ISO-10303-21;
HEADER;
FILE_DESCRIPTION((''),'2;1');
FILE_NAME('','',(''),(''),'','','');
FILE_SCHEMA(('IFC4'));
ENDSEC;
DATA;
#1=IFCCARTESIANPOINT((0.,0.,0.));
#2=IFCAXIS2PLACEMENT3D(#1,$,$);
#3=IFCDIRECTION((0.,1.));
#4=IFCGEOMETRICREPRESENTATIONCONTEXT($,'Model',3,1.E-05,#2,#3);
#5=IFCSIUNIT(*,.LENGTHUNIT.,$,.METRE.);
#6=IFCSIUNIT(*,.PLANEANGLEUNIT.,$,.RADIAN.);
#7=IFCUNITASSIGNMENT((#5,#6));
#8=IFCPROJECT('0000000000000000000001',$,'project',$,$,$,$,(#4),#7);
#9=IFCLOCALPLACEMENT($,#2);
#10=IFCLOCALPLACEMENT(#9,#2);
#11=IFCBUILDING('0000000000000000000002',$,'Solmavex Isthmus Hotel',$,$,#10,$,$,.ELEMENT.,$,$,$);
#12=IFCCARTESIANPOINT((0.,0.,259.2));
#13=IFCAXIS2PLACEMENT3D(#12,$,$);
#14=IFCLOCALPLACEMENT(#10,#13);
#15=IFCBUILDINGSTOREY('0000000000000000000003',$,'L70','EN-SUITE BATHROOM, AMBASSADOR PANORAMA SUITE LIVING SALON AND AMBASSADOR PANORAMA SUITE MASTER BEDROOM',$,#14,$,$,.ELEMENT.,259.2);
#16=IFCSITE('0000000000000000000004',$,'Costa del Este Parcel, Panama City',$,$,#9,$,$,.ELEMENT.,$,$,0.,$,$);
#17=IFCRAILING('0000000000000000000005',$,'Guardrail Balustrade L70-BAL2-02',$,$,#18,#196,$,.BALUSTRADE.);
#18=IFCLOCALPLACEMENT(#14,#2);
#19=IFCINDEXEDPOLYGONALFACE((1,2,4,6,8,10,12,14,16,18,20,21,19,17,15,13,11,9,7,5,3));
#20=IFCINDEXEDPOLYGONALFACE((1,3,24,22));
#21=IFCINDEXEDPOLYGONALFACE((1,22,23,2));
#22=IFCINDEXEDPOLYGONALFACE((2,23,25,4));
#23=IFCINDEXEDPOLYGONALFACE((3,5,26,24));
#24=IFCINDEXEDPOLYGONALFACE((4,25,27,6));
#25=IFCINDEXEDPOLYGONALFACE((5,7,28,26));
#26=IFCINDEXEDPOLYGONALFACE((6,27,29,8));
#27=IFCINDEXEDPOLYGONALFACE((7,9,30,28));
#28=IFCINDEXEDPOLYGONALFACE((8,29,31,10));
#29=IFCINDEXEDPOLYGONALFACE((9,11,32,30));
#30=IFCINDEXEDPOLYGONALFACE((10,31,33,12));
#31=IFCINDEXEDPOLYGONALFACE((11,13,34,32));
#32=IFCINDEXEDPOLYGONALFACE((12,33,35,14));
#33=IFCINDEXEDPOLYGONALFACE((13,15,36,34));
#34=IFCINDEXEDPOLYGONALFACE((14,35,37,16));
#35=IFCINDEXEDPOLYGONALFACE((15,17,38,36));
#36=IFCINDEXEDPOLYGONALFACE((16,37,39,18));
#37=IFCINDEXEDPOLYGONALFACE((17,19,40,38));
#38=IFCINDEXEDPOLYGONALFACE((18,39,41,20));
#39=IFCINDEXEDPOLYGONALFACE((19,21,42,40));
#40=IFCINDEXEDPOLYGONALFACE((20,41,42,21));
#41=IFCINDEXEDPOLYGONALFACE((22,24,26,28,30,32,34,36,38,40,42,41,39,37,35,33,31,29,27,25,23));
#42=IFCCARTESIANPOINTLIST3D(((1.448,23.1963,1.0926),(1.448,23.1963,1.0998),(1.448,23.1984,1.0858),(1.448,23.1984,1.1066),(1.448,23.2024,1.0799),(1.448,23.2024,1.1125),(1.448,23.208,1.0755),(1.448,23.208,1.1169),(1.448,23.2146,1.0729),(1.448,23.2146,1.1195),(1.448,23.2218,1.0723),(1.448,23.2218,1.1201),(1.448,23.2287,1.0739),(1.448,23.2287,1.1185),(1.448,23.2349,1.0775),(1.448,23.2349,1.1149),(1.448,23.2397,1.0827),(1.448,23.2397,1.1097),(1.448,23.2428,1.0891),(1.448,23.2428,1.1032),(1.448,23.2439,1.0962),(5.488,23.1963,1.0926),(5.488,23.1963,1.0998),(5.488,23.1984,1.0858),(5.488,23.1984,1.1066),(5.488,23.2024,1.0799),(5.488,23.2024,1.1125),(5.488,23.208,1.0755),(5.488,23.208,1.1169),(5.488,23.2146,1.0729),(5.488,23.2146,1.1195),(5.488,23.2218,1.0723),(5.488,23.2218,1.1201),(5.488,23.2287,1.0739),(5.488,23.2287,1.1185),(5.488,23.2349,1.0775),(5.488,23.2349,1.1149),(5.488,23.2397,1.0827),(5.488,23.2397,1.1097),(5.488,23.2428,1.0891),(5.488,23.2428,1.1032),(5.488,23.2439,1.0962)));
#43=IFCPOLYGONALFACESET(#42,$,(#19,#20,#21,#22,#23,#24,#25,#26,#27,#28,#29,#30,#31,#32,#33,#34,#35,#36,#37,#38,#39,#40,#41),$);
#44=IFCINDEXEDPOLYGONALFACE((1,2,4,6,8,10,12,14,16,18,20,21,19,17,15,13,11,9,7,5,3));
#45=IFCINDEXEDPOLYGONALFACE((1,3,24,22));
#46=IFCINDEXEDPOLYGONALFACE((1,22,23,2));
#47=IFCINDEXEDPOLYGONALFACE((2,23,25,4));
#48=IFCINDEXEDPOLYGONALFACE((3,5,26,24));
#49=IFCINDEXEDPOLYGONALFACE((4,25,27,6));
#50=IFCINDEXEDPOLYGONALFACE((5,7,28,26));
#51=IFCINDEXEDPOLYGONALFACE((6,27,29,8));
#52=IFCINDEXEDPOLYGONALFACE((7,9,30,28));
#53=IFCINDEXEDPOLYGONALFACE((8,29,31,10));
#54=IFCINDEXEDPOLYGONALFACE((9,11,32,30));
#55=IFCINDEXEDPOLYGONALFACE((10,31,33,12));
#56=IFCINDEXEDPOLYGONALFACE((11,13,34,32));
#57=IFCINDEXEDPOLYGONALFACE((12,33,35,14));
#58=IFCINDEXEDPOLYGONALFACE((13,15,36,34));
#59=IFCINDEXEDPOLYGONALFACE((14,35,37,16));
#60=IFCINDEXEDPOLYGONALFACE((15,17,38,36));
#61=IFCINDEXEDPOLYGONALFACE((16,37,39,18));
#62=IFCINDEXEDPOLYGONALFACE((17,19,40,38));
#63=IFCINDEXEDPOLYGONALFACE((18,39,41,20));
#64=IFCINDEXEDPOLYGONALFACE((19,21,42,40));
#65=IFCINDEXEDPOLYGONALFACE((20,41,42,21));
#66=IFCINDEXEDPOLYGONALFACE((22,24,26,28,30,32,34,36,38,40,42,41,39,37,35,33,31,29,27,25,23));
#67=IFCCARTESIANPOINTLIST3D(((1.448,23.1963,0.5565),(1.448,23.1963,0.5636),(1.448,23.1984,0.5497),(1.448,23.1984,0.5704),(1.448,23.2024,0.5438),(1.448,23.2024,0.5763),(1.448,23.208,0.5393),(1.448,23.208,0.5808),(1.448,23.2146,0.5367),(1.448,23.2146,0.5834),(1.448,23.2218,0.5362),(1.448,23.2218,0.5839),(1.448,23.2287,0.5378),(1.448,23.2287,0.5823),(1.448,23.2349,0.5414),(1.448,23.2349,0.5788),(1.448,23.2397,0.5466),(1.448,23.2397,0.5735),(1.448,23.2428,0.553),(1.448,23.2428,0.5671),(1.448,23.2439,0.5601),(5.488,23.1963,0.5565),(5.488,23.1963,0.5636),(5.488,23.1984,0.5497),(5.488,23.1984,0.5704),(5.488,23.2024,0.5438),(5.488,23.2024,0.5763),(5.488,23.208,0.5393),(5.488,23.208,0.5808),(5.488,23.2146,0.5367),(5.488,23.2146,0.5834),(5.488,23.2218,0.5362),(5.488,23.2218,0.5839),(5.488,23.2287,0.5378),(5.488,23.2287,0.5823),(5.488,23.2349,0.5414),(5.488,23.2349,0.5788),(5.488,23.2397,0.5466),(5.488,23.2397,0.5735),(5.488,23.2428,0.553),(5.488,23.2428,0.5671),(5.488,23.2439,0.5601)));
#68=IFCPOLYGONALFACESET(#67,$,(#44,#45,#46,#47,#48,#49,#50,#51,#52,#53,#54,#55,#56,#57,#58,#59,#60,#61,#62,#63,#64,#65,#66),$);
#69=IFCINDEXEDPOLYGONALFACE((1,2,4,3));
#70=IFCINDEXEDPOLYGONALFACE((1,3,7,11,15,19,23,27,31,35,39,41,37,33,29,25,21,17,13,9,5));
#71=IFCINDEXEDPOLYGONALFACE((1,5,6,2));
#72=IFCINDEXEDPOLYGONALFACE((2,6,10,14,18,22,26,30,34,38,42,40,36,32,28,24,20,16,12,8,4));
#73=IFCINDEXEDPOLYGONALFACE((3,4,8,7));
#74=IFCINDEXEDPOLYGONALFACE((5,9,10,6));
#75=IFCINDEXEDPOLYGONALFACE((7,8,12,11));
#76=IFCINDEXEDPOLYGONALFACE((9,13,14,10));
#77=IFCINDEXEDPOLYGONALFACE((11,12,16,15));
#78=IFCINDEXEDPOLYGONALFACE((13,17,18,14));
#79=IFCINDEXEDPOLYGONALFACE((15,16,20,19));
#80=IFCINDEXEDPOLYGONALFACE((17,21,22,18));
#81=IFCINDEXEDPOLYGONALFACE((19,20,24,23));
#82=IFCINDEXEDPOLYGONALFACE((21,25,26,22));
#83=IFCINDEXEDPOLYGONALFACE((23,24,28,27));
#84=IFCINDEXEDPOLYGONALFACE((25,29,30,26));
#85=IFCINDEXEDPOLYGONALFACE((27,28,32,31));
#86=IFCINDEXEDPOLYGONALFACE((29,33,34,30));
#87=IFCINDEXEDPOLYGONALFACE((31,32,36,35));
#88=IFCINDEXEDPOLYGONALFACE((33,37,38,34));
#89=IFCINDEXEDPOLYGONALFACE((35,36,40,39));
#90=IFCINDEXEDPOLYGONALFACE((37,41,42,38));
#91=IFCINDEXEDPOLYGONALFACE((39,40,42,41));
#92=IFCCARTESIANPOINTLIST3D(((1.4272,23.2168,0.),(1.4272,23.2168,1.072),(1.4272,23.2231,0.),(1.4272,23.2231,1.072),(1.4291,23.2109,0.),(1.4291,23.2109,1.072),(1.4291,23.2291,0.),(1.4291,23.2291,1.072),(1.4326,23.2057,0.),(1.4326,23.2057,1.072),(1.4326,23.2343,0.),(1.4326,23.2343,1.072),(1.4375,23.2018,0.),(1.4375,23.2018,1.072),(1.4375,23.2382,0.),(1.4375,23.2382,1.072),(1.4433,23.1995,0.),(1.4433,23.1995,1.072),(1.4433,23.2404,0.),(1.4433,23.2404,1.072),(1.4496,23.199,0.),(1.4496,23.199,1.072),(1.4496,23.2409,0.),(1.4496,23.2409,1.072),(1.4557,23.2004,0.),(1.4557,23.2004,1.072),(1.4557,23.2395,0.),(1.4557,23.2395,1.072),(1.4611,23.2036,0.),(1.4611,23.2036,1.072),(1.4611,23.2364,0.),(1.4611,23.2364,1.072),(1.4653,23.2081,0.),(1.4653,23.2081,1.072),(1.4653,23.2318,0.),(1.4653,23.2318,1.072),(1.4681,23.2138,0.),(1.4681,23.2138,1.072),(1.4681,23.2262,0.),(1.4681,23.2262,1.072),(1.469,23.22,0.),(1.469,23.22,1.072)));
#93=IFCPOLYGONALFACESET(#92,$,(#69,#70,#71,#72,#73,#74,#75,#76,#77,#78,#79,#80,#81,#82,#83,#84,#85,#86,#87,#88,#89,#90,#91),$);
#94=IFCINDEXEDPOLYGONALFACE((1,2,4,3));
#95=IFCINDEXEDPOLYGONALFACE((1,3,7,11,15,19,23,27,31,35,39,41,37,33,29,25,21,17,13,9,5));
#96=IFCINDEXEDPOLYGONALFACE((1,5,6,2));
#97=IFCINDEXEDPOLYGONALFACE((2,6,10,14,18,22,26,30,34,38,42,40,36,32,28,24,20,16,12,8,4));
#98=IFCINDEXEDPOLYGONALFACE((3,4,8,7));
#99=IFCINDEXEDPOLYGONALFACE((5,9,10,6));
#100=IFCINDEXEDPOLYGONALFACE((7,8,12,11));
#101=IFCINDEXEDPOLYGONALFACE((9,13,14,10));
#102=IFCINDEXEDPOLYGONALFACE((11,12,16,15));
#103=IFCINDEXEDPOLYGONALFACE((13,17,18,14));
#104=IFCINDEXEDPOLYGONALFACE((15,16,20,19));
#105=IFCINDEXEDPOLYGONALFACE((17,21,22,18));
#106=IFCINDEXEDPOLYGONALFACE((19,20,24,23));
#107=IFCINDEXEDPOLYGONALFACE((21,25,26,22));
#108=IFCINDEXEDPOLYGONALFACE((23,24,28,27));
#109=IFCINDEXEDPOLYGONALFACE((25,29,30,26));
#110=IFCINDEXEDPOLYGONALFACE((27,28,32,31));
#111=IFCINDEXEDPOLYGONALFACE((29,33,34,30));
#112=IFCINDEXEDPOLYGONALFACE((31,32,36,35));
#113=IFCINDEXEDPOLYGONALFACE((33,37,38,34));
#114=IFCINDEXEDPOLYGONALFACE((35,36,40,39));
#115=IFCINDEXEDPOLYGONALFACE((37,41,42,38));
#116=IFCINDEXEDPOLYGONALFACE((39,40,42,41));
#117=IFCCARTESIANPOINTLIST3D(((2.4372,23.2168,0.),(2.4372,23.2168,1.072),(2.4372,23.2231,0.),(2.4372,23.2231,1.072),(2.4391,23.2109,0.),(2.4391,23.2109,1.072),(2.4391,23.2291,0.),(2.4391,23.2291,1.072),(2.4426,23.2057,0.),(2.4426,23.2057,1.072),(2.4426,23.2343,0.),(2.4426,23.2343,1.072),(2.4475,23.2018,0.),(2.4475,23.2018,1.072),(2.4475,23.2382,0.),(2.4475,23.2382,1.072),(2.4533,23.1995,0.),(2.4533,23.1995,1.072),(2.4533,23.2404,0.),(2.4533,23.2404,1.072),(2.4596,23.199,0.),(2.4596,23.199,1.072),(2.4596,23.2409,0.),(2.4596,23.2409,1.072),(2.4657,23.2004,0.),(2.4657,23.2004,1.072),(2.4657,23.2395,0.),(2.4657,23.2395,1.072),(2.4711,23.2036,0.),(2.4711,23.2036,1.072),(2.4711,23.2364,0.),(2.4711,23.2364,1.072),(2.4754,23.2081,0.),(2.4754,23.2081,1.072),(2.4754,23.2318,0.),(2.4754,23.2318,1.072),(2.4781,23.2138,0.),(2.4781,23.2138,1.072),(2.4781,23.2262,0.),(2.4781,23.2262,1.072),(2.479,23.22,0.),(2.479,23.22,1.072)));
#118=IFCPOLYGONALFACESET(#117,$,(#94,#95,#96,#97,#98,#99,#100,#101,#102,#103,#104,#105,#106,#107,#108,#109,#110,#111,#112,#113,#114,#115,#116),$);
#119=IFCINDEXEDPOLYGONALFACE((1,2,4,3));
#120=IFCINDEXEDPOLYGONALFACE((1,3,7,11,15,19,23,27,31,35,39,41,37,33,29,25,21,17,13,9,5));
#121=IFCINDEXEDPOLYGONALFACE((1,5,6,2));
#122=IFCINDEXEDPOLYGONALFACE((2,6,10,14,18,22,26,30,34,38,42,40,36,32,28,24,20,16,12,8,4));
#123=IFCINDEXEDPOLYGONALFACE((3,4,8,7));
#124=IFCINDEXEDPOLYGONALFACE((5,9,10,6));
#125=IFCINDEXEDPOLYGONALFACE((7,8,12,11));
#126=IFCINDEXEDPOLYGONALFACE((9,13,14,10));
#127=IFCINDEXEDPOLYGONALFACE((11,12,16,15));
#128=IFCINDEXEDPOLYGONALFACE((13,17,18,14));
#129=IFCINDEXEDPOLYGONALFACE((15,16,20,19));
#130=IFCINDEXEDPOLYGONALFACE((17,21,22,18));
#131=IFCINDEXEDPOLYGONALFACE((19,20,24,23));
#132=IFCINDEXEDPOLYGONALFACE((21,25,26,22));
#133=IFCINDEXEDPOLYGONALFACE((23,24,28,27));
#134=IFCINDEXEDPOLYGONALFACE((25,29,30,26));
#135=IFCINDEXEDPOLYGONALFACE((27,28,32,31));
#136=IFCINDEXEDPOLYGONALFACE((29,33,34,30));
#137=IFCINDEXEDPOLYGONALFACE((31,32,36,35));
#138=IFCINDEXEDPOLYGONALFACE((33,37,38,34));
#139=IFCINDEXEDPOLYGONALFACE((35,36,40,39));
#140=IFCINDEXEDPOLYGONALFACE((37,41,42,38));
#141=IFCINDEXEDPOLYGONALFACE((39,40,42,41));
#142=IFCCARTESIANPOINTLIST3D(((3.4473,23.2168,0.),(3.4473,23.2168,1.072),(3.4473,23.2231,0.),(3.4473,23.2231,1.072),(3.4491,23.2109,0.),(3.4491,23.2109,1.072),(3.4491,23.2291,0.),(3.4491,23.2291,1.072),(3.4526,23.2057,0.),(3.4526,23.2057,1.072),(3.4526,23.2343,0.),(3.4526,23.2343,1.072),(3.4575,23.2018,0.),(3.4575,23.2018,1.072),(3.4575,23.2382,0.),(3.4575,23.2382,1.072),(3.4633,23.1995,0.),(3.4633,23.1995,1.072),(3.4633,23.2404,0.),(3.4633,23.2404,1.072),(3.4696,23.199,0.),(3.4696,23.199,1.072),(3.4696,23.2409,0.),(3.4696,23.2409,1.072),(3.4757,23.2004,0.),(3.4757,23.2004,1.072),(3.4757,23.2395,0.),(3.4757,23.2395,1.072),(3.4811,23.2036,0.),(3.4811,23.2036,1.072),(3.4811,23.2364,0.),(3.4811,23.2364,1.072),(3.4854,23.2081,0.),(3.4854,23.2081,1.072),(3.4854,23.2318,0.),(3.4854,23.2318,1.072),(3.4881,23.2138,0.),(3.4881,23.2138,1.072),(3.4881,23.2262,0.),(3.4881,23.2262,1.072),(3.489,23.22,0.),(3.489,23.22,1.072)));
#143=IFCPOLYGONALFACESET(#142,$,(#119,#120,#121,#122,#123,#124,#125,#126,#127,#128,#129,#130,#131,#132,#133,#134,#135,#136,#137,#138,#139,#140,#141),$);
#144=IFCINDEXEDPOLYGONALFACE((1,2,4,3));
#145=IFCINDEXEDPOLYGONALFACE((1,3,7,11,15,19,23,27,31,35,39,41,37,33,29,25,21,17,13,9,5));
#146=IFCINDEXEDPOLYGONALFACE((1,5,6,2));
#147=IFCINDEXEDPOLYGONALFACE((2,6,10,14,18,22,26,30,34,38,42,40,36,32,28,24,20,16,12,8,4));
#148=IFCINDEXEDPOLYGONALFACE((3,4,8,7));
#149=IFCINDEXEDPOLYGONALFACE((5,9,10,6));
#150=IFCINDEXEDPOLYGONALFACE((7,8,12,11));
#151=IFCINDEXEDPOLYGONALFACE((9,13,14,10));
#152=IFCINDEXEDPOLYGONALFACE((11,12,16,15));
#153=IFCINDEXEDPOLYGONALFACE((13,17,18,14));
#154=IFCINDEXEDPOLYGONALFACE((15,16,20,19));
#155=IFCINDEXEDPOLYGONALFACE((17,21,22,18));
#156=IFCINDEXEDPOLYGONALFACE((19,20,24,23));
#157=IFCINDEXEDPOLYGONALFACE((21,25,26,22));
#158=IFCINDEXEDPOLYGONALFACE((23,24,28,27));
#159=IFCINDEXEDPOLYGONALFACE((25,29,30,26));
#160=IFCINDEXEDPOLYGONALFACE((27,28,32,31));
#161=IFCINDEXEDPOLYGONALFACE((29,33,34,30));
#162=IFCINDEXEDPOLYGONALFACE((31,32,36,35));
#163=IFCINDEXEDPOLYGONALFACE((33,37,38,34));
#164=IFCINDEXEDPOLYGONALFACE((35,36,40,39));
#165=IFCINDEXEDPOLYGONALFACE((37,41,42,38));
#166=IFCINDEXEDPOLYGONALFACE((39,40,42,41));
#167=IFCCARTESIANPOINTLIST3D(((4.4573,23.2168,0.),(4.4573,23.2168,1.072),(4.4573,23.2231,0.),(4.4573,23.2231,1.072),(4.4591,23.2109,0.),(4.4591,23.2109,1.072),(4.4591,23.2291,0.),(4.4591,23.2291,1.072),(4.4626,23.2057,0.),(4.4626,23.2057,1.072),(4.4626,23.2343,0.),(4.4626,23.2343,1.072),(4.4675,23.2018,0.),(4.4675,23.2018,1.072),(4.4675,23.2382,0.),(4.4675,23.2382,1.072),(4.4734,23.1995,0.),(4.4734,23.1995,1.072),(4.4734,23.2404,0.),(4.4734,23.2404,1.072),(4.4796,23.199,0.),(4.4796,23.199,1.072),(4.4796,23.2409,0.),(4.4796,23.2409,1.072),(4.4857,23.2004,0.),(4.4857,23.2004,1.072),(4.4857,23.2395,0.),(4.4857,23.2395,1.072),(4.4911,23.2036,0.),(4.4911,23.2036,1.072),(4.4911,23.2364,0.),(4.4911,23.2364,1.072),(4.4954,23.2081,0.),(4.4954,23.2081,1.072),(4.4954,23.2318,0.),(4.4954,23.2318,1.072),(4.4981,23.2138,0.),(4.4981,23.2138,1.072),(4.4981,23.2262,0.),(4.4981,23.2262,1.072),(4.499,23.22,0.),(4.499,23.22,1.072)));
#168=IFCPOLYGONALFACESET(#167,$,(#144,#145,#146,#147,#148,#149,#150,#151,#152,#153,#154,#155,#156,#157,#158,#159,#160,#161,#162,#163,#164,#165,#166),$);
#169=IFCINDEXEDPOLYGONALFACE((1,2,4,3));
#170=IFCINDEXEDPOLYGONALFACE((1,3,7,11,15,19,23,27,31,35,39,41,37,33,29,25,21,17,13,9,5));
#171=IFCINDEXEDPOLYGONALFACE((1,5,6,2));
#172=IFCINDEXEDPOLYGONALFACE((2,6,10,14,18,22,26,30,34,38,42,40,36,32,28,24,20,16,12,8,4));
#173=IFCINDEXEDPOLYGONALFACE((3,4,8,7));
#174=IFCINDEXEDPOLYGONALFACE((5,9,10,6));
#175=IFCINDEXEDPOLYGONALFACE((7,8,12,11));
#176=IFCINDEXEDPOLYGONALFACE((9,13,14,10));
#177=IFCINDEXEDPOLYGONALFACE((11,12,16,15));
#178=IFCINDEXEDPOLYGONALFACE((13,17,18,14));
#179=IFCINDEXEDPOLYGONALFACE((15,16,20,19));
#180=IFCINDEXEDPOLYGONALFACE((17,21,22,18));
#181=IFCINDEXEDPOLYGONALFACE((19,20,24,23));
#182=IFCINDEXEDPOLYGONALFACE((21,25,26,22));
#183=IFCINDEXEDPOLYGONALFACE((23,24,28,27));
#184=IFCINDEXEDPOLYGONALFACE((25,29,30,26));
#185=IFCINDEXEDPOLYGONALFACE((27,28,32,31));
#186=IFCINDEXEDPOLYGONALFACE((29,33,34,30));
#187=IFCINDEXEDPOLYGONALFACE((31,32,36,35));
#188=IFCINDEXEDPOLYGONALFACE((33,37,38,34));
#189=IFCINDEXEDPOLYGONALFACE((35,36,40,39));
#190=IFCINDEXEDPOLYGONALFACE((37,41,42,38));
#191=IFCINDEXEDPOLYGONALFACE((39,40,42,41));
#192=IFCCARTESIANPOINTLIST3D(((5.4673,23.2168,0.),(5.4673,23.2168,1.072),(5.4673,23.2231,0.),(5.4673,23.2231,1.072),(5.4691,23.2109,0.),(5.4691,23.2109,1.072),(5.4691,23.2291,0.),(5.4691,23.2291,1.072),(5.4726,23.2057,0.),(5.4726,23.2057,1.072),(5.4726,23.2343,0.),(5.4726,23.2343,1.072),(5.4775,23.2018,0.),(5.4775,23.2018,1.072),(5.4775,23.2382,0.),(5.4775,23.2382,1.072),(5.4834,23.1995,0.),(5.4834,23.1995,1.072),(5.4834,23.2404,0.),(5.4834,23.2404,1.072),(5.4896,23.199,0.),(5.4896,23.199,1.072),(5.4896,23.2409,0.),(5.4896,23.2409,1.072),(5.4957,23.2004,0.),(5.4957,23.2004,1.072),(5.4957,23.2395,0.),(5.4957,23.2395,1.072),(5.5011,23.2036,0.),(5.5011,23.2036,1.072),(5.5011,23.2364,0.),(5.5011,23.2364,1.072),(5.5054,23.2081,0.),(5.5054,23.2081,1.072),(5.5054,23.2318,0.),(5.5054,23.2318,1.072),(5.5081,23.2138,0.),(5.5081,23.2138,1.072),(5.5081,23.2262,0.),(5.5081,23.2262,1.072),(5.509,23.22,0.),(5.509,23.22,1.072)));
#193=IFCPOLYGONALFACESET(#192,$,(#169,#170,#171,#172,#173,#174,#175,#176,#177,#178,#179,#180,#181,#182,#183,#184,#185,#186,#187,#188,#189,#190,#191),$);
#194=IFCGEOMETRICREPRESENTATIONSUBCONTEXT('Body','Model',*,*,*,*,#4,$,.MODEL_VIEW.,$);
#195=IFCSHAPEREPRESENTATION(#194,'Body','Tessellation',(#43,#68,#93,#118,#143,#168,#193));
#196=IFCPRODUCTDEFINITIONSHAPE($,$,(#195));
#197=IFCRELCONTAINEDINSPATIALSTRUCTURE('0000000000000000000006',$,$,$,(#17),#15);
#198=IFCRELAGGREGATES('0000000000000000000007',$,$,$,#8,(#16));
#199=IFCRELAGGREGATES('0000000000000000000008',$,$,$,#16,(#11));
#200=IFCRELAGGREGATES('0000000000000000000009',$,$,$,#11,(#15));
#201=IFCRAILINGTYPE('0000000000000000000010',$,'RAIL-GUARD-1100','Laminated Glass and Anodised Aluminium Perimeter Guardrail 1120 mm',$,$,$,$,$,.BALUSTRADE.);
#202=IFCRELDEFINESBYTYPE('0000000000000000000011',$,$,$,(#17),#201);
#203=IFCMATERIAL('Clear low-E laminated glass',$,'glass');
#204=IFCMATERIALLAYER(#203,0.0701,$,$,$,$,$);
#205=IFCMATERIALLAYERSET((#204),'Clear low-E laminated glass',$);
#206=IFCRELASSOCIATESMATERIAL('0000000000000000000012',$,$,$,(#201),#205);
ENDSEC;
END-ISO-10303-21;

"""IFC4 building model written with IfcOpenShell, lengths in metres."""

from ifc_helpers import new_model, si_unit, direction, frame, origin, origin_2d, place, context, subcontext, project, spatial, circle, extrude, material, layer, layer_set, type_object, element, save


model = new_model("IFC4")

# Units and contexts
model_context = context("Model", 3, precision=1e-05, world=origin(), true_north=direction((0.0, 1.0)))
body_context = subcontext(model_context, "Body", "Model", "MODEL_VIEW")
ifc_project = project(units=[si_unit("LENGTHUNIT", "METRE"), si_unit("PLANEANGLEUNIT", "RADIAN")], contexts=[model_context])

# Site, building, storey
site_placement = place(None, origin())
site = spatial("IfcSite", under=ifc_project, at=site_placement, Name="Costa del Este Parcel, Panama City", CompositionType="ELEMENT", RefElevation=0.0)
building_placement = place(site_placement, origin())
building = spatial("IfcBuilding", under=site, at=building_placement, Name="Solmavex Isthmus Hotel", CompositionType="ELEMENT")
storey_placement = place(building_placement, frame((0.0, 0.0, 259.2)))
storey = spatial("IfcBuildingStorey", under=building, at=storey_placement, Name="L70", Description="EN-SUITE BATHROOM, AMBASSADOR PANORAMA SUITE LIVING SALON AND AMBASSADOR PANORAMA SUITE MASTER BEDROOM", CompositionType="ELEMENT", Elevation=259.2)

# Shared definitions
ifc_material_1 = material(Name="Clear low-E laminated glass", Category="glass")

# Railing
ifc_layer_1 = layer(ifc_material_1, 0.0701)
ifc_layer_set_1 = layer_set([ifc_layer_1], Name="Clear low-E laminated glass")
railing_type = type_object("IfcRailingType", Name="RAIL-GUARD-1100", Description="Laminated Glass and Anodised Aluminium Perimeter Guardrail 1120 mm", PredefinedType="BALUSTRADE", material=ifc_layer_set_1)
railing_1_placement = place(storey_placement, frame((1.448, 23.22, 0.0)))
element("IfcRailing", 1, at=railing_1_placement, inside=storey, type_object=railing_type, Name="Guardrail Balustrade L70-BAL2-02", PredefinedType="BALUSTRADE", context=body_context, shape_type="SweptSolid", body=[
    extrude(circle(Radius=0.0239, at=origin_2d()), frame((0.0, 0.0, 1.0962), z_axis=(1.0, 0.0, 0.0), x_axis=(0.0, 1.0, 0.0)), (0.0, 0.0, 1.0), 4.04),
    extrude(circle(Radius=0.0239, at=origin_2d()), frame((0.0, 0.0, 0.5601), z_axis=(1.0, 0.0, 0.0), x_axis=(0.0, 1.0, 0.0)), (0.0, 0.0, 1.0), 4.04),
    extrude(circle(Radius=0.021, at=origin_2d()), origin(), (0.0, 0.0, 1.0), 1.072),
    extrude(circle(Radius=0.021, at=origin_2d()), frame((1.01, 0.0, 0.0)), (0.0, 0.0, 1.0), 1.072),
    extrude(circle(Radius=0.021, at=origin_2d()), frame((2.02, 0.0, 0.0)), (0.0, 0.0, 1.0), 1.072),
    extrude(circle(Radius=0.021, at=origin_2d()), frame((3.03, 0.0, 0.0)), (0.0, 0.0, 1.0), 1.072),
    extrude(circle(Radius=0.021, at=origin_2d()), frame((4.04, 0.0, 0.0)), (0.0, 0.0, 1.0), 1.072),
])

save(model, "model.ifc")
